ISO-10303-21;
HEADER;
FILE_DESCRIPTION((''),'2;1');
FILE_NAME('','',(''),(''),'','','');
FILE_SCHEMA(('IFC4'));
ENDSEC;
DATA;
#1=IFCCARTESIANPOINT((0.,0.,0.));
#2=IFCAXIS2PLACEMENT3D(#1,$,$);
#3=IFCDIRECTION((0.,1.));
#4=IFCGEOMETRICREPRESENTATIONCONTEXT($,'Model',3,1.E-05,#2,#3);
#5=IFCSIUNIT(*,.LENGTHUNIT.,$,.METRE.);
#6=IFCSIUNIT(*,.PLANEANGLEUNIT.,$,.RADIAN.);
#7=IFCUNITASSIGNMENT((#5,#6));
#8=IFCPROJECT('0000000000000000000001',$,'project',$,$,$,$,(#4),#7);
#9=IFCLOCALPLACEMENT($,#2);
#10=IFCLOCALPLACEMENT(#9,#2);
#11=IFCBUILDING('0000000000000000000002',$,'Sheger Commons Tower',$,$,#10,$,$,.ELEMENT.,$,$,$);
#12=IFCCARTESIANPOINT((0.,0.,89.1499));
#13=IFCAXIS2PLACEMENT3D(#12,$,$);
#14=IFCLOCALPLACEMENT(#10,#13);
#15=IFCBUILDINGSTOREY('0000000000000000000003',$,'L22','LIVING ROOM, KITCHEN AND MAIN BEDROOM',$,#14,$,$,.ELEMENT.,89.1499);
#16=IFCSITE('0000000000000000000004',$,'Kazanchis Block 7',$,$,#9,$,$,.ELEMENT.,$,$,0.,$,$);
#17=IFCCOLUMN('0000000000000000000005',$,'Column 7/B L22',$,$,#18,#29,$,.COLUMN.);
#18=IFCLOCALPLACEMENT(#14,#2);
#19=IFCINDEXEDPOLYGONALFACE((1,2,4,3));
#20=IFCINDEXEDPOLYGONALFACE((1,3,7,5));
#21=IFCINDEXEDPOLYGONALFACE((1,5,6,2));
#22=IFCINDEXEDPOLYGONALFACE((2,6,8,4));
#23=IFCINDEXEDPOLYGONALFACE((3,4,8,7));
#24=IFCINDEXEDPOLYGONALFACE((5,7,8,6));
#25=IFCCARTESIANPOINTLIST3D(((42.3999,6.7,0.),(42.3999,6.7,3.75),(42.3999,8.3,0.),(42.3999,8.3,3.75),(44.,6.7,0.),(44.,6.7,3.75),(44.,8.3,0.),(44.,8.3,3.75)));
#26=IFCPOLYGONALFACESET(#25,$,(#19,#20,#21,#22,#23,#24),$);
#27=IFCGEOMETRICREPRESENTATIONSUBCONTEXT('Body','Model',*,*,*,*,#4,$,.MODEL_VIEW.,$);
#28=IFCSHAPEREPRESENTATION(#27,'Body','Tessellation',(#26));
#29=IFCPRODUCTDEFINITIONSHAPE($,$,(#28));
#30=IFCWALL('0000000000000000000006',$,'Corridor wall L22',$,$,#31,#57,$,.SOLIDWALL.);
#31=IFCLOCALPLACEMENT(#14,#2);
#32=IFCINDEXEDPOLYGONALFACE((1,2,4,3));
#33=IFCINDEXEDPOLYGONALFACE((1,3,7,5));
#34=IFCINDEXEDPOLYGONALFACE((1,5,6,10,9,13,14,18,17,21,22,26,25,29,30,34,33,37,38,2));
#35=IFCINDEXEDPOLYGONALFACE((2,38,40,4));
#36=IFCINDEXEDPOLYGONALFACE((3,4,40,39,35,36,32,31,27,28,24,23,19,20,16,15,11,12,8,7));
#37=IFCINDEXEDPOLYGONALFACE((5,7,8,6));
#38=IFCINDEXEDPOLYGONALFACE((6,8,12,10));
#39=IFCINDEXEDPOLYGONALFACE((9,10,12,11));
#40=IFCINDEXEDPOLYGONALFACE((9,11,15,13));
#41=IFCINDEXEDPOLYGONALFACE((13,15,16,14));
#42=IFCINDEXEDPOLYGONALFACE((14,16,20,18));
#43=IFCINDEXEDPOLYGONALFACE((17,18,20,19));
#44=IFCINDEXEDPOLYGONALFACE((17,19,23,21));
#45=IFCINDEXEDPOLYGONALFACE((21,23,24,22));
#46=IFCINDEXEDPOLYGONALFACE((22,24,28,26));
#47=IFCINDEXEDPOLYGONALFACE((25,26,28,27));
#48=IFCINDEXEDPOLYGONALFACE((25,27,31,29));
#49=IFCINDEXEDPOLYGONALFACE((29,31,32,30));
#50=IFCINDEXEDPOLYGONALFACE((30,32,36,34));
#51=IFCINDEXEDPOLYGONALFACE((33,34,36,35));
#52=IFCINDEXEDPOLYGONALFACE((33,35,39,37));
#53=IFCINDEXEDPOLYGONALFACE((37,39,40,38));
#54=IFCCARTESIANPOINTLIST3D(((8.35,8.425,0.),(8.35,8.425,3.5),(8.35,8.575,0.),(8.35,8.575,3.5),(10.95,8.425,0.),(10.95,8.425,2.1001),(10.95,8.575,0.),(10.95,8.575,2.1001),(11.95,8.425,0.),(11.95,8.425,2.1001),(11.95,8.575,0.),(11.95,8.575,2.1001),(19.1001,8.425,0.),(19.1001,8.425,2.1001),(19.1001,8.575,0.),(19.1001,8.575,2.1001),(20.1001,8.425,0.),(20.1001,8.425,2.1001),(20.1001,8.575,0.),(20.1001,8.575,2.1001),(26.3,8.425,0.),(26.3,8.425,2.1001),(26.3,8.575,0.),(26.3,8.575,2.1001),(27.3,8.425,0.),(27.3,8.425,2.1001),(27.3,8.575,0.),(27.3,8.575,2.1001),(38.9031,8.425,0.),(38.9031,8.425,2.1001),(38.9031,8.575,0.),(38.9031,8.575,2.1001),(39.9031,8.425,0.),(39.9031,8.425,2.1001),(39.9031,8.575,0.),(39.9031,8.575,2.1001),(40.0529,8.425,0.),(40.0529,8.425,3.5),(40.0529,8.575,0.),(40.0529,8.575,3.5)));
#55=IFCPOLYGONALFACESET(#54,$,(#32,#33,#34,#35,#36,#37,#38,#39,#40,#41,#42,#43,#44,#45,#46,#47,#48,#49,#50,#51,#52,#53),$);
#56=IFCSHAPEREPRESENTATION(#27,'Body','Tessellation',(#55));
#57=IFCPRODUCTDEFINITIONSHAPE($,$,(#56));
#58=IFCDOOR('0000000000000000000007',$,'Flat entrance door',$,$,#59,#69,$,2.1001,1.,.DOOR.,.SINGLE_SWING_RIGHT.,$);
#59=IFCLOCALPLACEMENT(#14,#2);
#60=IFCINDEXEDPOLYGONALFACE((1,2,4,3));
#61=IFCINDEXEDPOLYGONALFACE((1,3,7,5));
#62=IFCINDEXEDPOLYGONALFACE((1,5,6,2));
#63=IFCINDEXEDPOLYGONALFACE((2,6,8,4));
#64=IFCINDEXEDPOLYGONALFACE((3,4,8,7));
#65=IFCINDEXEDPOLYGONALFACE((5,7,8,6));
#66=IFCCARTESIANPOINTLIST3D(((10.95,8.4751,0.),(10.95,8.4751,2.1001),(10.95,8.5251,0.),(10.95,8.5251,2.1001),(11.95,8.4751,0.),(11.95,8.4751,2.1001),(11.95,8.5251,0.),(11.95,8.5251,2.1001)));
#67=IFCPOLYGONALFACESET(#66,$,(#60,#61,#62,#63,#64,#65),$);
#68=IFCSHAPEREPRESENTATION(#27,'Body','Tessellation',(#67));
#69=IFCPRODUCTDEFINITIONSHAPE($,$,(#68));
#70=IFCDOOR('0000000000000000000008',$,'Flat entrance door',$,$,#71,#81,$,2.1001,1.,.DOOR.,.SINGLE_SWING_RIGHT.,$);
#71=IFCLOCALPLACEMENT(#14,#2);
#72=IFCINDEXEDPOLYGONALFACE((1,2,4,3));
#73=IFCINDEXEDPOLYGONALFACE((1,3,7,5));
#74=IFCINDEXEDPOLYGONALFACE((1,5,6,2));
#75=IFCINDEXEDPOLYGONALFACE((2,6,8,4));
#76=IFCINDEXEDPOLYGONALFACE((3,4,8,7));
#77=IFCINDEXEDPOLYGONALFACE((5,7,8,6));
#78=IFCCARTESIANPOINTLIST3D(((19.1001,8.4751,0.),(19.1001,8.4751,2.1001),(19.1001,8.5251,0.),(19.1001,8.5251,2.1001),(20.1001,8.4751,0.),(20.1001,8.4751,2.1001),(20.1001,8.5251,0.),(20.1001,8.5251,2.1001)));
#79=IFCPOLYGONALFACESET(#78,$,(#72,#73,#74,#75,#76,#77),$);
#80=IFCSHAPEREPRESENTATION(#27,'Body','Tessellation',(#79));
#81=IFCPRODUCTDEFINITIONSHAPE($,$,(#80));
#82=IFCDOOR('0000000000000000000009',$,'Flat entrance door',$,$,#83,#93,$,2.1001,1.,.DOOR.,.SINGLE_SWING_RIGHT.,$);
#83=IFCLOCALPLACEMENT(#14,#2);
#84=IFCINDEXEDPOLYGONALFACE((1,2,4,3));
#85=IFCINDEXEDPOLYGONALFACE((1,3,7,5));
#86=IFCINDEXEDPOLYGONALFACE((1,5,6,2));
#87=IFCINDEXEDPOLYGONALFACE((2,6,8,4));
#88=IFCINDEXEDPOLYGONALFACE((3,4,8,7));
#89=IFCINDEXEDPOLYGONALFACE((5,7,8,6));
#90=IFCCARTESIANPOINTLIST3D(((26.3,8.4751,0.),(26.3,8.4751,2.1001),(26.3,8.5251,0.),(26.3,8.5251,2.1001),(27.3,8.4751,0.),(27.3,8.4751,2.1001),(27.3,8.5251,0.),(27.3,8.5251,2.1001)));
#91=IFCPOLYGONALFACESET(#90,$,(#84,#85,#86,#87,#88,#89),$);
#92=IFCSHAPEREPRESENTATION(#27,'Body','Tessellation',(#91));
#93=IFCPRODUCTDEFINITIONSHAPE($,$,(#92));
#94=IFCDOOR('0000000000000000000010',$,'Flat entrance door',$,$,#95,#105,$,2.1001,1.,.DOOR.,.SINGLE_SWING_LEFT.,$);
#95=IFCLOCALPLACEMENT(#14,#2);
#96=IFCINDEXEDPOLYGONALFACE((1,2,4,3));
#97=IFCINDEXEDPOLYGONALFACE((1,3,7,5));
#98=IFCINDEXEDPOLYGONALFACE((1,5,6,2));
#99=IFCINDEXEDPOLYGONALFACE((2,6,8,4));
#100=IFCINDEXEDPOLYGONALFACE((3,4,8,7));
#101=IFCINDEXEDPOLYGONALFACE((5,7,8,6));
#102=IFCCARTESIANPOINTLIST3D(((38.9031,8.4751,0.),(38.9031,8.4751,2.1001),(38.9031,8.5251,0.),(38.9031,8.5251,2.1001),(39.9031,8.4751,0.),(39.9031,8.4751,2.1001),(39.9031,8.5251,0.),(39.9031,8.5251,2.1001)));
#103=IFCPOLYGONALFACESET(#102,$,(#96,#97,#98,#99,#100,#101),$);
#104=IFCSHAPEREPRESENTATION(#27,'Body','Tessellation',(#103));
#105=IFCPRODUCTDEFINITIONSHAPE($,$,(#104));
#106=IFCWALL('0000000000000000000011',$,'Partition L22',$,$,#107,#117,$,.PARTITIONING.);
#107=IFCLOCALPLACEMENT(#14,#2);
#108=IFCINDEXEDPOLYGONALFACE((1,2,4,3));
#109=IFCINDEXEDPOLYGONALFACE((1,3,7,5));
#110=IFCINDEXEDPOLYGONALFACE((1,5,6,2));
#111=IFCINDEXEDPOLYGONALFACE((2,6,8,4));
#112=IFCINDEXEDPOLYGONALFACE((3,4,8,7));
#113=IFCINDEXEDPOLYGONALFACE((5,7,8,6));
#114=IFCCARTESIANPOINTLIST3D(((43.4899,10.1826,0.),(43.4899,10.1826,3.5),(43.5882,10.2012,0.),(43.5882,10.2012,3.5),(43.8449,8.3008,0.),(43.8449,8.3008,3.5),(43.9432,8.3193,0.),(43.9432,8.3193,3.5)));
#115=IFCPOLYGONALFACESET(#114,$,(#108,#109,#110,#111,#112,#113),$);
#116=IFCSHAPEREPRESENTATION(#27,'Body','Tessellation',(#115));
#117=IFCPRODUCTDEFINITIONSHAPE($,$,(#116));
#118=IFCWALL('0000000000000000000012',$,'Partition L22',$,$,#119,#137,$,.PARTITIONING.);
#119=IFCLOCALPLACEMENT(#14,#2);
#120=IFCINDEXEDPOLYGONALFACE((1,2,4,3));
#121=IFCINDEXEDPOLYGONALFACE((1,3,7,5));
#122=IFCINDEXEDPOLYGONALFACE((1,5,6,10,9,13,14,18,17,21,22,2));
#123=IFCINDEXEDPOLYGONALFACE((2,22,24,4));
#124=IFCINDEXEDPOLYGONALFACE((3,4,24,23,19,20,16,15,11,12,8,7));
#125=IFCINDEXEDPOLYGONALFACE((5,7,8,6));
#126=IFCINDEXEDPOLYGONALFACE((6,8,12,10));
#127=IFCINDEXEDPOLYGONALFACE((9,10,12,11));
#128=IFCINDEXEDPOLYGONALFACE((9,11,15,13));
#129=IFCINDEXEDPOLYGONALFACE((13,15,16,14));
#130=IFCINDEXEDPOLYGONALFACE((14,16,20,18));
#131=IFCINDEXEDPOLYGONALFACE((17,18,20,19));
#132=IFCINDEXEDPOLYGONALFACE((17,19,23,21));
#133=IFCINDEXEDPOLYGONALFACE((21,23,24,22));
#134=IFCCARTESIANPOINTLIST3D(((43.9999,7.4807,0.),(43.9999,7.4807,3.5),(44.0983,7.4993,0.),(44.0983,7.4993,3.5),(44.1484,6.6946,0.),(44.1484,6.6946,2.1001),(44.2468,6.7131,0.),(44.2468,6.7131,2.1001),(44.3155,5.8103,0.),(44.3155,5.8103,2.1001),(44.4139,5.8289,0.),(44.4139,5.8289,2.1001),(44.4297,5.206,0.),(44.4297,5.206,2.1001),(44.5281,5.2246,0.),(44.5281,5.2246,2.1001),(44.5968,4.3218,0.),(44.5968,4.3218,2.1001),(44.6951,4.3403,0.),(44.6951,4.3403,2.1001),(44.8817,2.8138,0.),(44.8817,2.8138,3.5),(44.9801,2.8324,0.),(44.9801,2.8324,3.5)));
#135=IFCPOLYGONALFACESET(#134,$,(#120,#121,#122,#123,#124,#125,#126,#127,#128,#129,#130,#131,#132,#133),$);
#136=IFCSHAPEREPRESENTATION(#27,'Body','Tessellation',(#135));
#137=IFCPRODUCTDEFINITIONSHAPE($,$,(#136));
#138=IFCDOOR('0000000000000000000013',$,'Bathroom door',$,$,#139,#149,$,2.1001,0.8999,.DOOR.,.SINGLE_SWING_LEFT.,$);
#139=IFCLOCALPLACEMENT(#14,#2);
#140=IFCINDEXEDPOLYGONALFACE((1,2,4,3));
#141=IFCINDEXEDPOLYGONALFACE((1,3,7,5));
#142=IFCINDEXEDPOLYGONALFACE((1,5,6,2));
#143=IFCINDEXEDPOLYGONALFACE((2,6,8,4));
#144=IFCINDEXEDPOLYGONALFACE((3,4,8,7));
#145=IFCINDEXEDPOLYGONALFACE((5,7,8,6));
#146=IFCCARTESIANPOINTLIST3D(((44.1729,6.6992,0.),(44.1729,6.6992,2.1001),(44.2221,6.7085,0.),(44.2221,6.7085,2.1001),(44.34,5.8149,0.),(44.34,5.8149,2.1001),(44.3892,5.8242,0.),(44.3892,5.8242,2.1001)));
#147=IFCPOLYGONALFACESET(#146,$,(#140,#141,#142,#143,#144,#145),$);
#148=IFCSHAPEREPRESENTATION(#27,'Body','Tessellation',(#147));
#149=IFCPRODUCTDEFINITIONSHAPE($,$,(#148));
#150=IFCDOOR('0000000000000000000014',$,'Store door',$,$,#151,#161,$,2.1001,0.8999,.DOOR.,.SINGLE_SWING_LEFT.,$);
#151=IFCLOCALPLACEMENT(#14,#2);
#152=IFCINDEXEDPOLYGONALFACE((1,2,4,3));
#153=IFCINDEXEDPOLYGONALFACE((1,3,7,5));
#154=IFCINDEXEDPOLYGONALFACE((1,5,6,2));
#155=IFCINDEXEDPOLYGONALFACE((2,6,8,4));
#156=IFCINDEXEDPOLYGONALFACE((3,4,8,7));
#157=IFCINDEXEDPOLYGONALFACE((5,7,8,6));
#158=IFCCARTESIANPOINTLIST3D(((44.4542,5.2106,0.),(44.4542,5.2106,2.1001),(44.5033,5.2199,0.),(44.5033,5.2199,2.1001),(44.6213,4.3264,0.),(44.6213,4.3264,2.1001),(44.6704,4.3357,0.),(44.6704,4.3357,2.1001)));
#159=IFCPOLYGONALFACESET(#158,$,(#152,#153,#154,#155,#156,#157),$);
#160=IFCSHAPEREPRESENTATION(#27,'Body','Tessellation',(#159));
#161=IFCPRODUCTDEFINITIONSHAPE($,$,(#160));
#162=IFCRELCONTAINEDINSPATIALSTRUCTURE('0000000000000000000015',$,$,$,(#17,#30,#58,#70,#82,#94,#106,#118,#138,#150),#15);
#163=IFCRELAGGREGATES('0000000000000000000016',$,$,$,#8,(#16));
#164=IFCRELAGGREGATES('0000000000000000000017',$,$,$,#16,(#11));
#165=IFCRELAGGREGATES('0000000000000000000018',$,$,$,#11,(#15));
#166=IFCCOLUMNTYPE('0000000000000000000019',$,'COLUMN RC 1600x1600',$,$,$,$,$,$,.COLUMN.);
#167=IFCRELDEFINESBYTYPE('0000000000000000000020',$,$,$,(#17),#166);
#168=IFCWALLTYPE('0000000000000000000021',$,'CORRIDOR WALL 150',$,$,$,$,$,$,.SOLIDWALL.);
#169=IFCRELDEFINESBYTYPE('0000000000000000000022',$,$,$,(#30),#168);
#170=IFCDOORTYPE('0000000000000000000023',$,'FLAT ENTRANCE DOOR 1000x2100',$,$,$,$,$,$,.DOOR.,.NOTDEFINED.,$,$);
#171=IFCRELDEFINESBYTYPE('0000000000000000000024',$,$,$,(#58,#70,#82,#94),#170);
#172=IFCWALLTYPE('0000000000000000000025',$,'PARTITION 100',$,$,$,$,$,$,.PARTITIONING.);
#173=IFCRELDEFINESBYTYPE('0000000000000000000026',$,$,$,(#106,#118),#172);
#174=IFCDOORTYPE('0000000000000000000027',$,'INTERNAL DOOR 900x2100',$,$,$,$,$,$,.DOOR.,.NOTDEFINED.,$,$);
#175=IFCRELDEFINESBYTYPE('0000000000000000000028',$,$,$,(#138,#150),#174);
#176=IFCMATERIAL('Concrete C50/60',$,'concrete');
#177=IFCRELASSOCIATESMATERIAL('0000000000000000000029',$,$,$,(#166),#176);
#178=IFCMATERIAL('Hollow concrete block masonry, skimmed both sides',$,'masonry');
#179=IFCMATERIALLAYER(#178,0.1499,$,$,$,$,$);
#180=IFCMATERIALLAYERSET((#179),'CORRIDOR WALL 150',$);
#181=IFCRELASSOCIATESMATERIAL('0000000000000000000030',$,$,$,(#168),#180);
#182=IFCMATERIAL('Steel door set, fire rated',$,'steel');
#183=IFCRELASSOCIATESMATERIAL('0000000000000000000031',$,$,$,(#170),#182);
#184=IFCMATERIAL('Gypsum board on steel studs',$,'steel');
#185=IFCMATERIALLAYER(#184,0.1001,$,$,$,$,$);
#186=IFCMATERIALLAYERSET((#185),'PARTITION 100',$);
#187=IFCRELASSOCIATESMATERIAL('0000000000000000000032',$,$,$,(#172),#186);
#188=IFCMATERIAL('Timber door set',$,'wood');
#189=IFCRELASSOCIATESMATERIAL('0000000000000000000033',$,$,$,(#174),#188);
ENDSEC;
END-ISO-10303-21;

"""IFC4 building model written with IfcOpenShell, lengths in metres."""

from ifc_helpers import new_model, si_unit, direction, frame, frame_2d, origin, origin_2d, place, context, subcontext, project, spatial, rectangle, extrude, material, layer, layer_set, material_profile, profile_set, type_object, element, fill, save


model = new_model("IFC4")

# Units and contexts
model_context = context("Model", 3, precision=1e-05, world=origin(), true_north=direction((0.0, 1.0)))
body_context = subcontext(model_context, "Body", "Model", "MODEL_VIEW")
ifc_project = project(units=[si_unit("LENGTHUNIT", "METRE"), si_unit("PLANEANGLEUNIT", "RADIAN")], contexts=[model_context])

# Site, building, storey
site_placement = place(None, origin())
site = spatial("IfcSite", under=ifc_project, at=site_placement, Name="Kazanchis Block 7", CompositionType="ELEMENT", RefElevation=0.0)
building_placement = place(site_placement, origin())
building = spatial("IfcBuilding", under=site, at=building_placement, Name="Sheger Commons Tower", CompositionType="ELEMENT")
storey_placement = place(building_placement, frame((0.0, 0.0, 89.1499)))
storey = spatial("IfcBuildingStorey", under=building, at=storey_placement, Name="L22", Description="LIVING ROOM, KITCHEN AND MAIN BEDROOM", CompositionType="ELEMENT", Elevation=89.1499)

# Column
ifc_material_1 = material(Name="Concrete C50/60", Category="concrete")
ifc_material_profile = material_profile(ifc_material_1, rectangle(XDim=1.6001, YDim=1.6001, at=origin_2d()), Name="RC 1600x1600")
ifc_profile_set = profile_set([ifc_material_profile], Name="Concrete C50/60")
column_type = type_object("IfcColumnType", Name="COLUMN RC 1600x1600", PredefinedType="COLUMN", material=ifc_profile_set)
column_placement = place(storey_placement, frame((43.2, 7.5, 0.0), z_axis=(0.0, 0.0, 1.0), x_axis=(1.0, 0.0, 0.0)))
element("IfcColumn", 1, at=column_placement, inside=storey, type_object=column_type, Name="Column 7/B L22", PredefinedType="COLUMN", context=body_context, shape_type="SweptSolid", body=[
    extrude(rectangle(XDim=1.6001, YDim=1.6001, at=origin_2d()), origin(), (0.0, 0.0, 1.0), 3.75),
])

# Wall, openings, doors
ifc_material_2 = material(Name="Hollow concrete block masonry, skimmed both sides", Category="masonry")
ifc_layer_1 = layer(ifc_material_2, 0.1499)
ifc_layer_set_1 = layer_set([ifc_layer_1], Name="CORRIDOR WALL 150")
wall_type_1 = type_object("IfcWallType", Name="CORRIDOR WALL 150", PredefinedType="SOLIDWALL", material=ifc_layer_set_1)
wall_1_placement = place(storey_placement, frame((40.053, 8.5, 0.0), z_axis=(0.0, 0.0, 1.0), x_axis=(-1.0, 0.0, 0.0)))
wall_1 = element("IfcWall", 2, at=wall_1_placement, inside=storey, type_object=wall_type_1, Name="Corridor wall L22", PredefinedType="SOLIDWALL", context=body_context, shape_type="SweptSolid", body=[
    extrude(rectangle(XDim=31.7029, YDim=0.1499, at=frame_2d((15.8516, 0.0))), origin(), (0.0, 0.0, 1.0), 3.5),
])
opening_1_placement = place(wall_1_placement, frame((28.103, 0.0, 0.0)))
opening_1 = element("IfcOpeningElement", 3, at=opening_1_placement, cuts=wall_1, PredefinedType="OPENING", context=body_context, shape_type="SweptSolid", body=[
    extrude(rectangle(XDim=1.0, YDim=2.1001, at=frame_2d((0.5, 1.05))), frame((0.0, 0.085, 0.0), z_axis=(0.0, -1.0, 0.0), x_axis=(1.0, 0.0, 0.0)), (0.0, 0.0, 1.0), 0.1699),
])
opening_2_placement = place(wall_1_placement, frame((19.9529, 0.0, 0.0)))
opening_2 = element("IfcOpeningElement", 4, at=opening_2_placement, cuts=wall_1, PredefinedType="OPENING", context=body_context, shape_type="SweptSolid", body=[
    extrude(rectangle(XDim=1.0, YDim=2.1001, at=frame_2d((0.5, 1.05))), frame((0.0, 0.085, 0.0), z_axis=(0.0, -1.0, 0.0), x_axis=(1.0, 0.0, 0.0)), (0.0, 0.0, 1.0), 0.1699),
])
opening_3_placement = place(wall_1_placement, frame((12.7529, 0.0, 0.0)))
opening_3 = element("IfcOpeningElement", 5, at=opening_3_placement, cuts=wall_1, PredefinedType="OPENING", context=body_context, shape_type="SweptSolid", body=[
    extrude(rectangle(XDim=1.0, YDim=2.1001, at=frame_2d((0.5, 1.05))), frame((0.0, 0.085, 0.0), z_axis=(0.0, -1.0, 0.0), x_axis=(1.0, 0.0, 0.0)), (0.0, 0.0, 1.0), 0.1699),
])
opening_4_placement = place(wall_1_placement, frame((0.1499, 0.0, 0.0)))
opening_4 = element("IfcOpeningElement", 6, at=opening_4_placement, cuts=wall_1, PredefinedType="OPENING", context=body_context, shape_type="SweptSolid", body=[
    extrude(rectangle(XDim=1.0, YDim=2.1001, at=frame_2d((0.5, 1.05))), frame((0.0, 0.085, 0.0), z_axis=(0.0, -1.0, 0.0), x_axis=(1.0, 0.0, 0.0)), (0.0, 0.0, 1.0), 0.1699),
])
ifc_material_3 = material(Name="Steel door set, fire rated", Category="steel")
door_type_1 = type_object("IfcDoorType", Name="FLAT ENTRANCE DOOR 1000x2100", OperationType="NOTDEFINED", PredefinedType="DOOR", material=ifc_material_3)
door_1_placement = place(opening_1_placement, origin())
door_1 = element("IfcDoor", 7, at=door_1_placement, inside=storey, type_object=door_type_1, Name="Flat entrance door", OperationType="SINGLE_SWING_RIGHT", OverallHeight=2.1001, OverallWidth=1.0, PredefinedType="DOOR", context=body_context, shape_type="SweptSolid", body=[
    extrude(rectangle(XDim=1.0, YDim=2.1001, at=frame_2d((0.5, 1.05))), frame((0.0, 0.0249, 0.0), z_axis=(0.0, -1.0, 0.0), x_axis=(1.0, 0.0, 0.0)), (0.0, 0.0, 1.0), 0.05),
])
fill(opening_1, door_1)
door_2_placement = place(opening_2_placement, origin())
door_2 = element("IfcDoor", 8, at=door_2_placement, inside=storey, type_object=door_type_1, Name="Flat entrance door", OperationType="SINGLE_SWING_RIGHT", OverallHeight=2.1001, OverallWidth=1.0, PredefinedType="DOOR", context=body_context, shape_type="SweptSolid", body=[
    extrude(rectangle(XDim=1.0, YDim=2.1001, at=frame_2d((0.5, 1.05))), frame((0.0, 0.0249, 0.0), z_axis=(0.0, -1.0, 0.0), x_axis=(1.0, 0.0, 0.0)), (0.0, 0.0, 1.0), 0.05),
])
fill(opening_2, door_2)
door_3_placement = place(opening_3_placement, origin())
door_3 = element("IfcDoor", 9, at=door_3_placement, inside=storey, type_object=door_type_1, Name="Flat entrance door", OperationType="SINGLE_SWING_RIGHT", OverallHeight=2.1001, OverallWidth=1.0, PredefinedType="DOOR", context=body_context, shape_type="SweptSolid", body=[
    extrude(rectangle(XDim=1.0, YDim=2.1001, at=frame_2d((0.5, 1.05))), frame((0.0, 0.0249, 0.0), z_axis=(0.0, -1.0, 0.0), x_axis=(1.0, 0.0, 0.0)), (0.0, 0.0, 1.0), 0.05),
])
fill(opening_3, door_3)
door_4_placement = place(opening_4_placement, origin())
door_4 = element("IfcDoor", 10, at=door_4_placement, inside=storey, type_object=door_type_1, Name="Flat entrance door", OperationType="SINGLE_SWING_LEFT", OverallHeight=2.1001, OverallWidth=1.0, PredefinedType="DOOR", context=body_context, shape_type="SweptSolid", body=[
    extrude(rectangle(XDim=1.0, YDim=2.1001, at=frame_2d((0.5, 1.05))), frame((0.0, 0.0249, 0.0), z_axis=(0.0, -1.0, 0.0), x_axis=(1.0, 0.0, 0.0)), (0.0, 0.0, 1.0), 0.05),
])
fill(opening_4, door_4)

# Wall
ifc_material_4 = material(Name="Gypsum board on steel studs", Category="steel")
ifc_layer_2 = layer(ifc_material_4, 0.1001)
ifc_layer_set_2 = layer_set([ifc_layer_2], Name="PARTITION 100")
wall_type_2 = type_object("IfcWallType", Name="PARTITION 100", PredefinedType="PARTITIONING", material=ifc_layer_set_2)
wall_2_placement = place(storey_placement, frame((43.5391, 10.1919, 0.0), z_axis=(0.0, 0.0, 1.0), x_axis=(0.185366, -0.98267, 0.0)))
element("IfcWall", 11, at=wall_2_placement, inside=storey, type_object=wall_type_2, Name="Partition L22", PredefinedType="PARTITIONING", context=body_context, shape_type="SweptSolid", body=[
    extrude(rectangle(XDim=1.915, YDim=0.1001, at=frame_2d((0.9575, 0.0))), origin(), (0.0, 0.0, 1.0), 3.5),
])

# Wall, openings, doors
wall_3_placement = place(storey_placement, frame((44.0491, 7.49, 0.0), z_axis=(0.0, 0.0, 1.0), x_axis=(0.185666, -0.982613, 0.0)))
wall_3 = element("IfcWall", 12, at=wall_3_placement, inside=storey, type_object=wall_type_2, Name="Partition L22", PredefinedType="PARTITIONING", context=body_context, shape_type="SweptSolid", body=[
    extrude(rectangle(XDim=4.7495, YDim=0.1001, at=frame_2d((2.3748, 0.0))), origin(), (0.0, 0.0, 1.0), 3.5),
])
opening_5_placement = place(wall_3_placement, frame((0.8, 0.0, 0.0)))
opening_5 = element("IfcOpeningElement", 13, at=opening_5_placement, cuts=wall_3, PredefinedType="OPENING", context=body_context, shape_type="SweptSolid", body=[
    extrude(rectangle(XDim=0.8999, YDim=2.1001, at=frame_2d((0.45, 1.05))), frame((0.0, 0.0601, 0.0), z_axis=(0.0, -1.0, 0.0), x_axis=(1.0, 0.0, 0.0)), (0.0, 0.0, 1.0), 0.1201),
])
opening_6_placement = place(wall_3_placement, frame((2.3149, 0.0, 0.0)))
opening_6 = element("IfcOpeningElement", 14, at=opening_6_placement, cuts=wall_3, PredefinedType="OPENING", context=body_context, shape_type="SweptSolid", body=[
    extrude(rectangle(XDim=0.8999, YDim=2.1001, at=frame_2d((0.45, 1.05))), frame((0.0, 0.0601, 0.0), z_axis=(0.0, -1.0, 0.0), x_axis=(1.0, 0.0, 0.0)), (0.0, 0.0, 1.0), 0.1201),
])
ifc_material_5 = material(Name="Timber door set", Category="wood")
door_type_2 = type_object("IfcDoorType", Name="INTERNAL DOOR 900x2100", OperationType="NOTDEFINED", PredefinedType="DOOR", material=ifc_material_5)
door_5_placement = place(opening_5_placement, origin())
door_5 = element("IfcDoor", 15, at=door_5_placement, inside=storey, type_object=door_type_2, Name="Bathroom door", OperationType="SINGLE_SWING_LEFT", OverallHeight=2.1001, OverallWidth=0.8999, PredefinedType="DOOR", context=body_context, shape_type="SweptSolid", body=[
    extrude(rectangle(XDim=0.8999, YDim=2.1001, at=frame_2d((0.45, 1.05))), frame((0.0, 0.0249, 0.0), z_axis=(0.0, -1.0, 0.0), x_axis=(1.0, 0.0, 0.0)), (0.0, 0.0, 1.0), 0.05),
])
fill(opening_5, door_5)
door_6_placement = place(opening_6_placement, origin())
door_6 = element("IfcDoor", 16, at=door_6_placement, inside=storey, type_object=door_type_2, Name="Store door", OperationType="SINGLE_SWING_LEFT", OverallHeight=2.1001, OverallWidth=0.8999, PredefinedType="DOOR", context=body_context, shape_type="SweptSolid", body=[
    extrude(rectangle(XDim=0.8999, YDim=2.1001, at=frame_2d((0.45, 1.05))), frame((0.0, 0.0249, 0.0), z_axis=(0.0, -1.0, 0.0), x_axis=(1.0, 0.0, 0.0)), (0.0, 0.0, 1.0), 0.05),
])
fill(opening_6, door_6)

save(model, "model.ifc")
